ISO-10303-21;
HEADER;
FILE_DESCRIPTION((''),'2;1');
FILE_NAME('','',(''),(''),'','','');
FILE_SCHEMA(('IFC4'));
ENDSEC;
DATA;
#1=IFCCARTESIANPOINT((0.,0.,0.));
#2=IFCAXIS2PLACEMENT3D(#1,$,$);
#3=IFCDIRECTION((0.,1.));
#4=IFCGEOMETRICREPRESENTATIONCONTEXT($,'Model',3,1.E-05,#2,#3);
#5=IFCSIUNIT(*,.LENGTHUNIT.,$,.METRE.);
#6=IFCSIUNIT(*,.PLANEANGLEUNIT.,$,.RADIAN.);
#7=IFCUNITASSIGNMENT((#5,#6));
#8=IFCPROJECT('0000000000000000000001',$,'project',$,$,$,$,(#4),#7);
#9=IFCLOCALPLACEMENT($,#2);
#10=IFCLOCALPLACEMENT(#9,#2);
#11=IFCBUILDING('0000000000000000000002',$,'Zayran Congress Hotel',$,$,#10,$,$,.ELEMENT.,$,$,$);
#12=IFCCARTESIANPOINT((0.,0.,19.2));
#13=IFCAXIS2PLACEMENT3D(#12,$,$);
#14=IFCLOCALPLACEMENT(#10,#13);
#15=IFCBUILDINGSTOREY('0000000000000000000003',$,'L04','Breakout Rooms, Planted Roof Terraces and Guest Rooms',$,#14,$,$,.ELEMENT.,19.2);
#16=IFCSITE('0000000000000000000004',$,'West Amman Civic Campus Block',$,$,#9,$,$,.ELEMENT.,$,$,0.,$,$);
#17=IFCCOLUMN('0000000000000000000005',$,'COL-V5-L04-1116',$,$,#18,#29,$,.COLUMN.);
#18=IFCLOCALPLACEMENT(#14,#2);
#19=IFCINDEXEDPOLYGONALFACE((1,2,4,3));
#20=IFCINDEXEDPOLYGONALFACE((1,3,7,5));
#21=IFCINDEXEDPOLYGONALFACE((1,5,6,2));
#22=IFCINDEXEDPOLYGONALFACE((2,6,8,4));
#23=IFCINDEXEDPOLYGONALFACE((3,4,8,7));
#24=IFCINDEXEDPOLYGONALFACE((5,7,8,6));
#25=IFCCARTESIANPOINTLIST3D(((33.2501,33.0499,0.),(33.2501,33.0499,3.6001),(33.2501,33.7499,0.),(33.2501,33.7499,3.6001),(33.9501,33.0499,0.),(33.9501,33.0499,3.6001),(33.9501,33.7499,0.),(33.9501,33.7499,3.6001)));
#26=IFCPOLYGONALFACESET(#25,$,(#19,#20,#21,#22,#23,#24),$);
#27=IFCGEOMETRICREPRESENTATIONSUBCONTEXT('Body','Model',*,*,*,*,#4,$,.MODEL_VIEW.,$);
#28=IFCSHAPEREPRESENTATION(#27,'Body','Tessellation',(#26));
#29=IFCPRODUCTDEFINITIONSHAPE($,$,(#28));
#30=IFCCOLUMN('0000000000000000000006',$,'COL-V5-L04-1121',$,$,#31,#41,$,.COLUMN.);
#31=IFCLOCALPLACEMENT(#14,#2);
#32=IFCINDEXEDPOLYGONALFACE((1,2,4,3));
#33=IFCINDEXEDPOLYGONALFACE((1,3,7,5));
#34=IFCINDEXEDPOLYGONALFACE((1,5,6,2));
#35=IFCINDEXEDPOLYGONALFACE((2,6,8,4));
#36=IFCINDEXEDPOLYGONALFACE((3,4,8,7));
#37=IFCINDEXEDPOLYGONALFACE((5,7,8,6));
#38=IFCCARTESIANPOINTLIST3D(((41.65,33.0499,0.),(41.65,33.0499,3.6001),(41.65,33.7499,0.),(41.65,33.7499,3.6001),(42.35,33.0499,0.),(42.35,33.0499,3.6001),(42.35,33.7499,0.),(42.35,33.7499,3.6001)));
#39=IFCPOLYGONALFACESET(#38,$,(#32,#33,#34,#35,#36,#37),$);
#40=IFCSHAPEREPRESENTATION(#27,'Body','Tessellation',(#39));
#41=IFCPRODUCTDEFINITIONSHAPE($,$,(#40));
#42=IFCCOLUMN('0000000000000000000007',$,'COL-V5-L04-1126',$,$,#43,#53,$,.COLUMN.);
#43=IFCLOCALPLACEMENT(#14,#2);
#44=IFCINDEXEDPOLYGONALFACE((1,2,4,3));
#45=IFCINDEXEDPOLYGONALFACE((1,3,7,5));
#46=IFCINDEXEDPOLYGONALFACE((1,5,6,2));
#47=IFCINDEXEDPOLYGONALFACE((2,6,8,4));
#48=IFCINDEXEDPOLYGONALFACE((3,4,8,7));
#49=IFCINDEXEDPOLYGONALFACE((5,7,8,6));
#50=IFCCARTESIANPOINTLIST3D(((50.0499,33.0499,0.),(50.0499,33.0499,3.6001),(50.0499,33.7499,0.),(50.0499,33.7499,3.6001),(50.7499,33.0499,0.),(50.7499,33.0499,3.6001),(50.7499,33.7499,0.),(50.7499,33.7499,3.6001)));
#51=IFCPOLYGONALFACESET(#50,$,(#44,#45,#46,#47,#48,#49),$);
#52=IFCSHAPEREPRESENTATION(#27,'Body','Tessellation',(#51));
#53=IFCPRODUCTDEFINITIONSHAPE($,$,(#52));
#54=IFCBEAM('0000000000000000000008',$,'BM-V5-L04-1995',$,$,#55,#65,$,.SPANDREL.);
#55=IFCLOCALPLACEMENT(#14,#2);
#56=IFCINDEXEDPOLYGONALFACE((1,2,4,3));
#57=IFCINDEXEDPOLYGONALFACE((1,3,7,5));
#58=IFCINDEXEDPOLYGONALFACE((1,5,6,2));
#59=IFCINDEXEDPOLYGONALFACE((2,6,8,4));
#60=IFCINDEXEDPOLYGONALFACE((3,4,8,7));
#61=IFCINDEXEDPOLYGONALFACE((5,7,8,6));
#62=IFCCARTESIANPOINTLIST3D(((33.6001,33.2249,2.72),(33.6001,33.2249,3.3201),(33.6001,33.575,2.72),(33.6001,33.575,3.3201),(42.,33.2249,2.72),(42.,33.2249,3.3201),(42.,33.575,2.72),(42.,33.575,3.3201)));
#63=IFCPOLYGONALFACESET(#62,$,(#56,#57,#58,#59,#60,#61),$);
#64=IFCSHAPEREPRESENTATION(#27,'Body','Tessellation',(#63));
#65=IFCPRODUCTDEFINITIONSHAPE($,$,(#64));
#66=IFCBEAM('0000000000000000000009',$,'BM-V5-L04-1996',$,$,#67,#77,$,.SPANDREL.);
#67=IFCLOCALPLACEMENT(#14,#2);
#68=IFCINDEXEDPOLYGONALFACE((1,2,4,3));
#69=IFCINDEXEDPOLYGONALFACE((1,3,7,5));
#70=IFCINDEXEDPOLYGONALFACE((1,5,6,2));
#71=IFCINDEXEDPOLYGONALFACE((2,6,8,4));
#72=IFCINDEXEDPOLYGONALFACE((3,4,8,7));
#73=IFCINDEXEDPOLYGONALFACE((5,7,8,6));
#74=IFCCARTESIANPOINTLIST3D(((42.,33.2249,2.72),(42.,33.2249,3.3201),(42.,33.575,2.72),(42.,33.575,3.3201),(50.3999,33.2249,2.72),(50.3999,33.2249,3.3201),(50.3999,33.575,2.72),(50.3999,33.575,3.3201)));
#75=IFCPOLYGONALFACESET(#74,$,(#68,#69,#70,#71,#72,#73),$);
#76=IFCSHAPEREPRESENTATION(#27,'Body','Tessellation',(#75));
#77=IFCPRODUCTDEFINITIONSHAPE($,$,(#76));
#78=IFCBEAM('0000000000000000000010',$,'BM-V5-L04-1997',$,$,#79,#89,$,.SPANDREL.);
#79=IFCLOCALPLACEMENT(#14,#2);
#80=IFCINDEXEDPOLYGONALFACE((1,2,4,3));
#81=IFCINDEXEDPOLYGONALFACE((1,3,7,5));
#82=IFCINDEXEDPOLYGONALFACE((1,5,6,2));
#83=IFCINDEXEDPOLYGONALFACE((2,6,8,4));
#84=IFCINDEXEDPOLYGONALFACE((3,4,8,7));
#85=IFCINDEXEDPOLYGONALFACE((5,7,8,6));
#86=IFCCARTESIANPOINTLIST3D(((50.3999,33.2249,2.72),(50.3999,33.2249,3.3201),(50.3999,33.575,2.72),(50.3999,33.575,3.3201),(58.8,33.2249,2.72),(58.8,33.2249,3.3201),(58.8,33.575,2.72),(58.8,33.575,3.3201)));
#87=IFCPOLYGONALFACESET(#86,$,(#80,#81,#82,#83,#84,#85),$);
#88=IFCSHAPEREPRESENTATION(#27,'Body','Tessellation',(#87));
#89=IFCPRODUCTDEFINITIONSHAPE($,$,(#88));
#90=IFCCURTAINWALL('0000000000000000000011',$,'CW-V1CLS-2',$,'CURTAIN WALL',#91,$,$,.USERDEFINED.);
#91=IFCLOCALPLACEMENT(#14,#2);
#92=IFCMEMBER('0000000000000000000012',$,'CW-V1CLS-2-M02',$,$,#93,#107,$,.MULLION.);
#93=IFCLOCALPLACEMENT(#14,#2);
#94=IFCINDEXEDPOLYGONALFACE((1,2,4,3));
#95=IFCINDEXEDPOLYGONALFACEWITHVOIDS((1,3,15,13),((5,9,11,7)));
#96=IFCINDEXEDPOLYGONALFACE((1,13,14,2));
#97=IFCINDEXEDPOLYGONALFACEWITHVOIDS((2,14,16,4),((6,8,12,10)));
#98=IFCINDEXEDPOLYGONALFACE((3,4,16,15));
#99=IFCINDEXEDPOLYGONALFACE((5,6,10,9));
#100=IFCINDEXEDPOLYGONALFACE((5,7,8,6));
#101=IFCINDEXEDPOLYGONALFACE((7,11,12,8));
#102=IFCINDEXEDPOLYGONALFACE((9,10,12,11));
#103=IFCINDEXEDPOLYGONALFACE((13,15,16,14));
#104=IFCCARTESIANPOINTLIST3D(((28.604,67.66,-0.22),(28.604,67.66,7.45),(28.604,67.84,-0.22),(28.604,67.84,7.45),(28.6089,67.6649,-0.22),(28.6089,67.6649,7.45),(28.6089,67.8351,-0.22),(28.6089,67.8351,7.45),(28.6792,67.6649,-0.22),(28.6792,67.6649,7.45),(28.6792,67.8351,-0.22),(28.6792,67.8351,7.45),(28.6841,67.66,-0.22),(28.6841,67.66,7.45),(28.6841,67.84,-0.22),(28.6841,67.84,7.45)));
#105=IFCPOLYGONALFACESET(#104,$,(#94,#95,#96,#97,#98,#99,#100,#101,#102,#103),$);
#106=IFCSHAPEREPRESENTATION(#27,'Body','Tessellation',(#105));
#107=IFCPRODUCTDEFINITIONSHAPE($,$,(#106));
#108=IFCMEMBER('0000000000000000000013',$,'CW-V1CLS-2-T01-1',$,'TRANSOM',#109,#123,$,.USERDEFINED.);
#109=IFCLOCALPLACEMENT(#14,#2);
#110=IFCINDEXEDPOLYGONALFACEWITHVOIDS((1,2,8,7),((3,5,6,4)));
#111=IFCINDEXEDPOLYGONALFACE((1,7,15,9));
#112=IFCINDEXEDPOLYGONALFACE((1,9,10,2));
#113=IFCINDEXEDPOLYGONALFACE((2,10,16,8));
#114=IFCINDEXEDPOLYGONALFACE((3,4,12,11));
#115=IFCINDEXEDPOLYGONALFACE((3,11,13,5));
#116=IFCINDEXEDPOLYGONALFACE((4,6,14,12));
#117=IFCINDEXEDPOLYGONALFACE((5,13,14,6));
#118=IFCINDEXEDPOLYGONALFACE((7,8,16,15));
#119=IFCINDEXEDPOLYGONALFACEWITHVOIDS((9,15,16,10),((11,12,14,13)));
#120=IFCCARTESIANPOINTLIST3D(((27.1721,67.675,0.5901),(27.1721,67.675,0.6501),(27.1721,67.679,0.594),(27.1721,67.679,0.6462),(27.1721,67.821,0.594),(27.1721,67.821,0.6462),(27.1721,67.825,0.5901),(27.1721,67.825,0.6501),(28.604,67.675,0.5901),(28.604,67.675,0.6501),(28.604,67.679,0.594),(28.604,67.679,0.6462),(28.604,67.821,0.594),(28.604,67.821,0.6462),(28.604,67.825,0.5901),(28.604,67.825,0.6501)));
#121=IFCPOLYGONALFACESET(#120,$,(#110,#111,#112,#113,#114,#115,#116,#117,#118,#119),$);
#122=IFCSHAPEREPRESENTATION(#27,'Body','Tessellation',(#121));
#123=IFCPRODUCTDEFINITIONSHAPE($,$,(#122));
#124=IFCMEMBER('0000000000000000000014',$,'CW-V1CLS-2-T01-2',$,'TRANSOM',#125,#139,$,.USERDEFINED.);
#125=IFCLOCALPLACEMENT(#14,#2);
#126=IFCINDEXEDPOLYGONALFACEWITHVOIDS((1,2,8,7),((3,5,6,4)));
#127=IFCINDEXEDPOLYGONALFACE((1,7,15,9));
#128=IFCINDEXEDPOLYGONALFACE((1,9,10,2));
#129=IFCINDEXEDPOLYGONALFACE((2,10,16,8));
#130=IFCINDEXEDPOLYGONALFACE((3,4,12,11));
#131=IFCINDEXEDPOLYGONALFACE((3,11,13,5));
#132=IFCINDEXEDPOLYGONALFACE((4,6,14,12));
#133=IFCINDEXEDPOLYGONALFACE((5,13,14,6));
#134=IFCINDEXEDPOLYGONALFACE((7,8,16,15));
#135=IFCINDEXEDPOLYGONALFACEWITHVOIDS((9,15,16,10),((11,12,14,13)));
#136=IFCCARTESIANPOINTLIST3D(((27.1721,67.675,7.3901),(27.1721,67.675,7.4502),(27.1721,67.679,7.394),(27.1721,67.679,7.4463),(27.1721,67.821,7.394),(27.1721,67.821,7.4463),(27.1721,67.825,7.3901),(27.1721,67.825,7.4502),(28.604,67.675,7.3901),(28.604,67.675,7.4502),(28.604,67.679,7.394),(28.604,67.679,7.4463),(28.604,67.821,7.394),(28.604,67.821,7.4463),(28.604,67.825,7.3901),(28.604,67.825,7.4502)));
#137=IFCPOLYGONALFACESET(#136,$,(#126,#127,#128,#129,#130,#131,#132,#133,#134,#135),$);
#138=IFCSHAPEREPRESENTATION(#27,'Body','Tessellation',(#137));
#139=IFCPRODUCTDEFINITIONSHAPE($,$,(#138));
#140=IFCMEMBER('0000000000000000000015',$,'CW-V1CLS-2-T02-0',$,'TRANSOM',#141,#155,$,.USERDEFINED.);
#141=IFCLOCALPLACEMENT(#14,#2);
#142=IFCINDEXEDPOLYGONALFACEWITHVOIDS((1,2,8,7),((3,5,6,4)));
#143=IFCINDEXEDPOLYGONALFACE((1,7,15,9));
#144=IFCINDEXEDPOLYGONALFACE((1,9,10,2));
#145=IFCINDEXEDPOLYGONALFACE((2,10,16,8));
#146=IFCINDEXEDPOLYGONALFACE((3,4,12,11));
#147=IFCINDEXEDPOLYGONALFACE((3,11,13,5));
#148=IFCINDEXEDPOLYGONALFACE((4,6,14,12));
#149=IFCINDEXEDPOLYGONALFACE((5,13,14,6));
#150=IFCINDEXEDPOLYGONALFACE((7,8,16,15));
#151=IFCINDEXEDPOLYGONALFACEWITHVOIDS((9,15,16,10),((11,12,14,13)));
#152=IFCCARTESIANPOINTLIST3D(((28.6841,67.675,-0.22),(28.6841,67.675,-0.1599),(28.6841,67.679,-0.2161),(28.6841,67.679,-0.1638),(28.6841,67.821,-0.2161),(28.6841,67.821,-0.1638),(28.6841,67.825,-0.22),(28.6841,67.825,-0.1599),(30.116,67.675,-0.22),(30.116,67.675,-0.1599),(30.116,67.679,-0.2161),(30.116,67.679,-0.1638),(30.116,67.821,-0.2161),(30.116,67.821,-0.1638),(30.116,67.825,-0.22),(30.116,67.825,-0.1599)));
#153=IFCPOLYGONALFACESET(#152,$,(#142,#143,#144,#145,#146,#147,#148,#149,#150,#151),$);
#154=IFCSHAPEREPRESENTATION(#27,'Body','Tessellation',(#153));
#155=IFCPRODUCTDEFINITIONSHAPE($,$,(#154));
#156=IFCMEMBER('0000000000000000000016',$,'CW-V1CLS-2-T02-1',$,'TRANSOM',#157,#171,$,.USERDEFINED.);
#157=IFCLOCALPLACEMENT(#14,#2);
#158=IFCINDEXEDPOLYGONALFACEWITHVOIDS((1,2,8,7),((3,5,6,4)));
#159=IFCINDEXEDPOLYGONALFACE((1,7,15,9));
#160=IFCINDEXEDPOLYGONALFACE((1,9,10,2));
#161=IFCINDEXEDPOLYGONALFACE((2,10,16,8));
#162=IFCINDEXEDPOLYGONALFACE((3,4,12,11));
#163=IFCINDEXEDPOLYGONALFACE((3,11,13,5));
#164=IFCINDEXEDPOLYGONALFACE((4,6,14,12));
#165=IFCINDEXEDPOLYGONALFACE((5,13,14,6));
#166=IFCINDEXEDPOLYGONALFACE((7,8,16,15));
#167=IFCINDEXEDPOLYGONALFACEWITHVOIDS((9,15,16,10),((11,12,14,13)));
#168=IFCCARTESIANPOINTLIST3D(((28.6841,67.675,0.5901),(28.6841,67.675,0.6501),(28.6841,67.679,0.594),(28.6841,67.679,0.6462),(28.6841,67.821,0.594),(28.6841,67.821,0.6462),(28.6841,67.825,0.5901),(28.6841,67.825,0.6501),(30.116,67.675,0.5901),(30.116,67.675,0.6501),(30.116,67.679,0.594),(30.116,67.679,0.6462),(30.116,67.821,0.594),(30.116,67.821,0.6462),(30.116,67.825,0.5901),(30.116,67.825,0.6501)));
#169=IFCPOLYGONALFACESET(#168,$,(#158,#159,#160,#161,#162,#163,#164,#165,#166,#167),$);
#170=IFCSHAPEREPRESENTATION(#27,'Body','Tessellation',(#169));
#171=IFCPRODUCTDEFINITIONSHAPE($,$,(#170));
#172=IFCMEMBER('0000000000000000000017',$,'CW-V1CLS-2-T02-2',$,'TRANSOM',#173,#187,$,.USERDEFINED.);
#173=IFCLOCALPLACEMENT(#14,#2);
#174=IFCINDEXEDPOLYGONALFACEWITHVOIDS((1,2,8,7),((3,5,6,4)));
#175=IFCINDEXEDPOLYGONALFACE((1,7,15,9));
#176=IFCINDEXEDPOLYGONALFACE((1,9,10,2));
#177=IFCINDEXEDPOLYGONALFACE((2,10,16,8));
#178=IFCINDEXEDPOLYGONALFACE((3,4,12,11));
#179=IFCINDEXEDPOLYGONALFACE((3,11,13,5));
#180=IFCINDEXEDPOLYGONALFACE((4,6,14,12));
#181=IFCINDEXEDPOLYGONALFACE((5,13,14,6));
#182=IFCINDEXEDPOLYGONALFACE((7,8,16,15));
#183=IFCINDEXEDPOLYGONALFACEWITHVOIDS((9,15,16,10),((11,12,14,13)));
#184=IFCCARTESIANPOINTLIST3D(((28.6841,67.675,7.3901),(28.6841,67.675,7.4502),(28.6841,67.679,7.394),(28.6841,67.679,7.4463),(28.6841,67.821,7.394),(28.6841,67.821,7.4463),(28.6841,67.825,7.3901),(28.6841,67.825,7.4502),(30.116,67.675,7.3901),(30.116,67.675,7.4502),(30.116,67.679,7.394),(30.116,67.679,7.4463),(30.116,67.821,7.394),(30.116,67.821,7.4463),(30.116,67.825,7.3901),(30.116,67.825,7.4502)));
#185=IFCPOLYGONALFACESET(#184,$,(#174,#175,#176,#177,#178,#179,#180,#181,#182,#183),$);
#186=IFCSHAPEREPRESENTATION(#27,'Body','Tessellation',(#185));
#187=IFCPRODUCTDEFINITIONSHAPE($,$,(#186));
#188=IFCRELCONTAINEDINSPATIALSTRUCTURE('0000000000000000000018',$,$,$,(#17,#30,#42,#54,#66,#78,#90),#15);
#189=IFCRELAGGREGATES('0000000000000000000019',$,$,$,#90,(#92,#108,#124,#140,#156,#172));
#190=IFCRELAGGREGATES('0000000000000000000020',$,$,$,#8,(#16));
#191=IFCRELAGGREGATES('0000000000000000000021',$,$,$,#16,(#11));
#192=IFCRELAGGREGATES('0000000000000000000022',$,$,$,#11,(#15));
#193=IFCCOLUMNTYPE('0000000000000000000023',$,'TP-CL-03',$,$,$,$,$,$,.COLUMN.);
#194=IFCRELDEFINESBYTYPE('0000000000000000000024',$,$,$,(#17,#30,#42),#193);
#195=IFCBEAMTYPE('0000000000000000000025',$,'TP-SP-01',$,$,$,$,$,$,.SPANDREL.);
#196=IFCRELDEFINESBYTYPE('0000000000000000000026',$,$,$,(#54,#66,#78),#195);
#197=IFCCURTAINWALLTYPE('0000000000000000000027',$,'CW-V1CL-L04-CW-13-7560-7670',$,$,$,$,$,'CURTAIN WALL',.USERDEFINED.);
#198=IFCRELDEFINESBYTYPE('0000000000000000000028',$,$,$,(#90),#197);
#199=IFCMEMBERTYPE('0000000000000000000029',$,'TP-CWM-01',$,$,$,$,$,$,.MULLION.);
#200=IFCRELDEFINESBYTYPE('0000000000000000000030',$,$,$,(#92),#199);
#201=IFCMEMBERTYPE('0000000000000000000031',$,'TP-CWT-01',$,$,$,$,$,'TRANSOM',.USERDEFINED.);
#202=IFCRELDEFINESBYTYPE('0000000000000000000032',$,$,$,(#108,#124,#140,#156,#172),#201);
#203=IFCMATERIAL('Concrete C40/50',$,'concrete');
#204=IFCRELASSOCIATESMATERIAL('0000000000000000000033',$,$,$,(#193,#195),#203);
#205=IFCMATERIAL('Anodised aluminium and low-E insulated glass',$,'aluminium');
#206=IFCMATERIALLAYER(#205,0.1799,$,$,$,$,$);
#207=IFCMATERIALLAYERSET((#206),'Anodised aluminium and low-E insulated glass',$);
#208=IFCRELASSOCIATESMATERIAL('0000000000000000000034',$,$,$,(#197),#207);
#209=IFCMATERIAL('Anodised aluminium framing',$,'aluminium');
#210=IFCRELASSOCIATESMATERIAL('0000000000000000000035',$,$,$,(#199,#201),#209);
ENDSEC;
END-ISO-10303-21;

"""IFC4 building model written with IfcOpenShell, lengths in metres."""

from ifc_helpers import new_model, si_unit, direction, frame, origin, origin_2d, place, context, subcontext, project, spatial, rectangle, hollow_rectangle, extrude, material, layer, layer_set, material_profile, profile_set, type_object, element, aggregate, save


model = new_model("IFC4")

# Units and contexts
model_context = context("Model", 3, precision=1e-05, world=origin(), true_north=direction((0.0, 1.0)))
body_context = subcontext(model_context, "Body", "Model", "MODEL_VIEW")
ifc_project = project(units=[si_unit("LENGTHUNIT", "METRE"), si_unit("PLANEANGLEUNIT", "RADIAN")], contexts=[model_context])

# Site, building, storey
site_placement = place(None, origin())
site = spatial("IfcSite", under=ifc_project, at=site_placement, Name="West Amman Civic Campus Block", CompositionType="ELEMENT", RefElevation=0.0)
building_placement = place(site_placement, origin())
building = spatial("IfcBuilding", under=site, at=building_placement, Name="Zayran Congress Hotel", CompositionType="ELEMENT")
storey_placement = place(building_placement, frame((0.0, 0.0, 19.2)))
storey = spatial("IfcBuildingStorey", under=building, at=storey_placement, Name="L04", Description="Breakout Rooms, Planted Roof Terraces and Guest Rooms", CompositionType="ELEMENT", Elevation=19.2)

# Columns
ifc_material_1 = material(Name="Concrete C40/50", Category="concrete")
ifc_material_profile_1 = material_profile(ifc_material_1, rectangle(XDim=0.7, YDim=0.7, at=origin_2d()), Name="RC 700x700")
ifc_profile_set_1 = profile_set([ifc_material_profile_1], Name="Concrete C40/50")
column_type = type_object("IfcColumnType", Name="TP-CL-03", PredefinedType="COLUMN", material=ifc_profile_set_1)
for number, where, z_axis, x_axis, name in (
    (1, (33.6001, 33.3999, 0.0), (0.0, 0.0, 1.0), (1.0, 0.0, 0.0), "COL-V5-L04-1116"),
    (2, (42.0, 33.3999, 0.0), (0.0, 0.0, 1.0), (1.0, 0.0, 0.0), "COL-V5-L04-1121"),
    (3, (50.3999, 33.3999, 0.0), (0.0, 0.0, 1.0), (1.0, 0.0, 0.0), "COL-V5-L04-1126"),
):
    element("IfcColumn", number, at=place(storey_placement, frame(where, z_axis=z_axis, x_axis=x_axis)), inside=storey, type_object=column_type, Name=name, PredefinedType="COLUMN", context=body_context, shape_type="SweptSolid", body=[
        extrude(rectangle(XDim=0.7, YDim=0.7, at=origin_2d()), origin(), (0.0, 0.0, 1.0), 3.6001),
    ])

# Beams
ifc_material_profile_2 = material_profile(ifc_material_1, rectangle(XDim=0.3501, YDim=0.6001, at=origin_2d()), Name="RC 350x600")
ifc_profile_set_2 = profile_set([ifc_material_profile_2], Name="Concrete C40/50")
beam_type = type_object("IfcBeamType", Name="TP-SP-01", PredefinedType="SPANDREL", material=ifc_profile_set_2)
for number, where, z_axis, x_axis, name in (
    (4, (33.6001, 33.3999, 3.02), (1.0, 0.0, 0.0), (0.0, 1.0, 0.0), "BM-V5-L04-1995"),
    (5, (42.0, 33.3999, 3.02), (1.0, 0.0, 0.0), (0.0, 1.0, 0.0), "BM-V5-L04-1996"),
):
    element("IfcBeam", number, at=place(storey_placement, frame(where, z_axis=z_axis, x_axis=x_axis)), inside=storey, type_object=beam_type, Name=name, PredefinedType="SPANDREL", context=body_context, shape_type="SweptSolid", body=[
        extrude(rectangle(XDim=0.3501, YDim=0.6001, at=origin_2d()), origin(), (0.0, 0.0, 1.0), 8.3999),
    ])
beam_placement = place(storey_placement, frame((50.3999, 33.3999, 3.02), z_axis=(1.0, 0.0, 0.0), x_axis=(0.0, 1.0, 0.0)))
element("IfcBeam", 6, at=beam_placement, inside=storey, type_object=beam_type, Name="BM-V5-L04-1997", PredefinedType="SPANDREL", context=body_context, shape_type="SweptSolid", body=[
    extrude(rectangle(XDim=0.3501, YDim=0.6001, at=origin_2d()), origin(), (0.0, 0.0, 1.0), 8.4001),
])

# Curtain wall, members
ifc_material_2 = material(Name="Anodised aluminium and low-E insulated glass", Category="aluminium")
ifc_layer_1 = layer(ifc_material_2, 0.1799)
ifc_layer_set_1 = layer_set([ifc_layer_1], Name="Anodised aluminium and low-E insulated glass")
curtain_wall_type = type_object("IfcCurtainWallType", Name="CW-V1CL-L04-CW-13-7560-7670", ElementType="CURTAIN WALL", PredefinedType="USERDEFINED", material=ifc_layer_set_1)
curtain_wall_placement = place(storey_placement, origin())
curtain_wall = element("IfcCurtainWall", 7, at=curtain_wall_placement, inside=storey, type_object=curtain_wall_type, Name="CW-V1CLS-2", ObjectType="CURTAIN WALL", PredefinedType="USERDEFINED")
ifc_material_3 = material(Name="Anodised aluminium framing", Category="aluminium")
ifc_material_profile_3 = material_profile(ifc_material_3, hollow_rectangle(XDim=0.0801, YDim=0.1799, WallThickness=0.0049, at=origin_2d()), Name="RHS 180x80x5")
ifc_profile_set_3 = profile_set([ifc_material_profile_3], Name="Anodised aluminium framing")
member_type_1 = type_object("IfcMemberType", Name="TP-CWM-01", PredefinedType="MULLION", material=ifc_profile_set_3)
member_1_placement = place(storey_placement, frame((28.644, 67.75, -0.22), z_axis=(0.0, 0.0, 1.0), x_axis=(1.0, 0.0, 0.0)))
member_1 = element("IfcMember", 8, at=member_1_placement, type_object=member_type_1, Name="CW-V1CLS-2-M02", PredefinedType="MULLION", context=body_context, shape_type="SweptSolid", body=[
    extrude(hollow_rectangle(XDim=0.0801, YDim=0.1799, WallThickness=0.0049, at=origin_2d()), origin(), (0.0, 0.0, 1.0), 7.6699),
])
ifc_material_profile_4 = material_profile(ifc_material_3, hollow_rectangle(XDim=0.0601, YDim=0.1499, WallThickness=0.0039, at=origin_2d()), Name="RHS 150x60x4")
ifc_profile_set_4 = profile_set([ifc_material_profile_4], Name="Anodised aluminium framing")
member_type_2 = type_object("IfcMemberType", Name="TP-CWT-01", ElementType="TRANSOM", PredefinedType="USERDEFINED", material=ifc_profile_set_4)
member_2_placement = place(storey_placement, frame((27.1721, 67.75, 0.6201), z_axis=(1.0, 0.0, 0.0), x_axis=(0.0, 0.0, 1.0)))
member_2 = element("IfcMember", 9, at=member_2_placement, type_object=member_type_2, Name="CW-V1CLS-2-T01-1", ObjectType="TRANSOM", PredefinedType="USERDEFINED", context=body_context, shape_type="SweptSolid", body=[
    extrude(hollow_rectangle(XDim=0.0601, YDim=0.1499, WallThickness=0.0039, at=origin_2d()), origin(), (0.0, 0.0, 1.0), 1.4319),
])
member_3_placement = place(storey_placement, frame((27.1721, 67.75, 7.4202), z_axis=(1.0, 0.0, 0.0), x_axis=(0.0, 0.0, 1.0)))
member_3 = element("IfcMember", 10, at=member_3_placement, type_object=member_type_2, Name="CW-V1CLS-2-T01-2", ObjectType="TRANSOM", PredefinedType="USERDEFINED", context=body_context, shape_type="SweptSolid", body=[
    extrude(hollow_rectangle(XDim=0.0601, YDim=0.1499, WallThickness=0.0039, at=origin_2d()), origin(), (0.0, 0.0, 1.0), 1.4319),
])
member_4_placement = place(storey_placement, frame((28.6841, 67.75, -0.1899), z_axis=(1.0, 0.0, 0.0), x_axis=(0.0, 0.0, 1.0)))
member_4 = element("IfcMember", 11, at=member_4_placement, type_object=member_type_2, Name="CW-V1CLS-2-T02-0", ObjectType="TRANSOM", PredefinedType="USERDEFINED", context=body_context, shape_type="SweptSolid", body=[
    extrude(hollow_rectangle(XDim=0.0601, YDim=0.1499, WallThickness=0.0039, at=origin_2d()), origin(), (0.0, 0.0, 1.0), 1.4319),
])
member_5_placement = place(storey_placement, frame((28.6841, 67.75, 0.6201), z_axis=(1.0, 0.0, 0.0), x_axis=(0.0, 0.0, 1.0)))
member_5 = element("IfcMember", 12, at=member_5_placement, type_object=member_type_2, Name="CW-V1CLS-2-T02-1", ObjectType="TRANSOM", PredefinedType="USERDEFINED", context=body_context, shape_type="SweptSolid", body=[
    extrude(hollow_rectangle(XDim=0.0601, YDim=0.1499, WallThickness=0.0039, at=origin_2d()), origin(), (0.0, 0.0, 1.0), 1.4319),
])
member_6_placement = place(storey_placement, frame((28.6841, 67.75, 7.4202), z_axis=(1.0, 0.0, 0.0), x_axis=(0.0, 0.0, 1.0)))
member_6 = element("IfcMember", 13, at=member_6_placement, type_object=member_type_2, Name="CW-V1CLS-2-T02-2", ObjectType="TRANSOM", PredefinedType="USERDEFINED", context=body_context, shape_type="SweptSolid", body=[
    extrude(hollow_rectangle(XDim=0.0601, YDim=0.1499, WallThickness=0.0039, at=origin_2d()), origin(), (0.0, 0.0, 1.0), 1.4319),
])

aggregate(curtain_wall, [member_1, member_2, member_3, member_4, member_5, member_6])

save(model, "model.ifc")
